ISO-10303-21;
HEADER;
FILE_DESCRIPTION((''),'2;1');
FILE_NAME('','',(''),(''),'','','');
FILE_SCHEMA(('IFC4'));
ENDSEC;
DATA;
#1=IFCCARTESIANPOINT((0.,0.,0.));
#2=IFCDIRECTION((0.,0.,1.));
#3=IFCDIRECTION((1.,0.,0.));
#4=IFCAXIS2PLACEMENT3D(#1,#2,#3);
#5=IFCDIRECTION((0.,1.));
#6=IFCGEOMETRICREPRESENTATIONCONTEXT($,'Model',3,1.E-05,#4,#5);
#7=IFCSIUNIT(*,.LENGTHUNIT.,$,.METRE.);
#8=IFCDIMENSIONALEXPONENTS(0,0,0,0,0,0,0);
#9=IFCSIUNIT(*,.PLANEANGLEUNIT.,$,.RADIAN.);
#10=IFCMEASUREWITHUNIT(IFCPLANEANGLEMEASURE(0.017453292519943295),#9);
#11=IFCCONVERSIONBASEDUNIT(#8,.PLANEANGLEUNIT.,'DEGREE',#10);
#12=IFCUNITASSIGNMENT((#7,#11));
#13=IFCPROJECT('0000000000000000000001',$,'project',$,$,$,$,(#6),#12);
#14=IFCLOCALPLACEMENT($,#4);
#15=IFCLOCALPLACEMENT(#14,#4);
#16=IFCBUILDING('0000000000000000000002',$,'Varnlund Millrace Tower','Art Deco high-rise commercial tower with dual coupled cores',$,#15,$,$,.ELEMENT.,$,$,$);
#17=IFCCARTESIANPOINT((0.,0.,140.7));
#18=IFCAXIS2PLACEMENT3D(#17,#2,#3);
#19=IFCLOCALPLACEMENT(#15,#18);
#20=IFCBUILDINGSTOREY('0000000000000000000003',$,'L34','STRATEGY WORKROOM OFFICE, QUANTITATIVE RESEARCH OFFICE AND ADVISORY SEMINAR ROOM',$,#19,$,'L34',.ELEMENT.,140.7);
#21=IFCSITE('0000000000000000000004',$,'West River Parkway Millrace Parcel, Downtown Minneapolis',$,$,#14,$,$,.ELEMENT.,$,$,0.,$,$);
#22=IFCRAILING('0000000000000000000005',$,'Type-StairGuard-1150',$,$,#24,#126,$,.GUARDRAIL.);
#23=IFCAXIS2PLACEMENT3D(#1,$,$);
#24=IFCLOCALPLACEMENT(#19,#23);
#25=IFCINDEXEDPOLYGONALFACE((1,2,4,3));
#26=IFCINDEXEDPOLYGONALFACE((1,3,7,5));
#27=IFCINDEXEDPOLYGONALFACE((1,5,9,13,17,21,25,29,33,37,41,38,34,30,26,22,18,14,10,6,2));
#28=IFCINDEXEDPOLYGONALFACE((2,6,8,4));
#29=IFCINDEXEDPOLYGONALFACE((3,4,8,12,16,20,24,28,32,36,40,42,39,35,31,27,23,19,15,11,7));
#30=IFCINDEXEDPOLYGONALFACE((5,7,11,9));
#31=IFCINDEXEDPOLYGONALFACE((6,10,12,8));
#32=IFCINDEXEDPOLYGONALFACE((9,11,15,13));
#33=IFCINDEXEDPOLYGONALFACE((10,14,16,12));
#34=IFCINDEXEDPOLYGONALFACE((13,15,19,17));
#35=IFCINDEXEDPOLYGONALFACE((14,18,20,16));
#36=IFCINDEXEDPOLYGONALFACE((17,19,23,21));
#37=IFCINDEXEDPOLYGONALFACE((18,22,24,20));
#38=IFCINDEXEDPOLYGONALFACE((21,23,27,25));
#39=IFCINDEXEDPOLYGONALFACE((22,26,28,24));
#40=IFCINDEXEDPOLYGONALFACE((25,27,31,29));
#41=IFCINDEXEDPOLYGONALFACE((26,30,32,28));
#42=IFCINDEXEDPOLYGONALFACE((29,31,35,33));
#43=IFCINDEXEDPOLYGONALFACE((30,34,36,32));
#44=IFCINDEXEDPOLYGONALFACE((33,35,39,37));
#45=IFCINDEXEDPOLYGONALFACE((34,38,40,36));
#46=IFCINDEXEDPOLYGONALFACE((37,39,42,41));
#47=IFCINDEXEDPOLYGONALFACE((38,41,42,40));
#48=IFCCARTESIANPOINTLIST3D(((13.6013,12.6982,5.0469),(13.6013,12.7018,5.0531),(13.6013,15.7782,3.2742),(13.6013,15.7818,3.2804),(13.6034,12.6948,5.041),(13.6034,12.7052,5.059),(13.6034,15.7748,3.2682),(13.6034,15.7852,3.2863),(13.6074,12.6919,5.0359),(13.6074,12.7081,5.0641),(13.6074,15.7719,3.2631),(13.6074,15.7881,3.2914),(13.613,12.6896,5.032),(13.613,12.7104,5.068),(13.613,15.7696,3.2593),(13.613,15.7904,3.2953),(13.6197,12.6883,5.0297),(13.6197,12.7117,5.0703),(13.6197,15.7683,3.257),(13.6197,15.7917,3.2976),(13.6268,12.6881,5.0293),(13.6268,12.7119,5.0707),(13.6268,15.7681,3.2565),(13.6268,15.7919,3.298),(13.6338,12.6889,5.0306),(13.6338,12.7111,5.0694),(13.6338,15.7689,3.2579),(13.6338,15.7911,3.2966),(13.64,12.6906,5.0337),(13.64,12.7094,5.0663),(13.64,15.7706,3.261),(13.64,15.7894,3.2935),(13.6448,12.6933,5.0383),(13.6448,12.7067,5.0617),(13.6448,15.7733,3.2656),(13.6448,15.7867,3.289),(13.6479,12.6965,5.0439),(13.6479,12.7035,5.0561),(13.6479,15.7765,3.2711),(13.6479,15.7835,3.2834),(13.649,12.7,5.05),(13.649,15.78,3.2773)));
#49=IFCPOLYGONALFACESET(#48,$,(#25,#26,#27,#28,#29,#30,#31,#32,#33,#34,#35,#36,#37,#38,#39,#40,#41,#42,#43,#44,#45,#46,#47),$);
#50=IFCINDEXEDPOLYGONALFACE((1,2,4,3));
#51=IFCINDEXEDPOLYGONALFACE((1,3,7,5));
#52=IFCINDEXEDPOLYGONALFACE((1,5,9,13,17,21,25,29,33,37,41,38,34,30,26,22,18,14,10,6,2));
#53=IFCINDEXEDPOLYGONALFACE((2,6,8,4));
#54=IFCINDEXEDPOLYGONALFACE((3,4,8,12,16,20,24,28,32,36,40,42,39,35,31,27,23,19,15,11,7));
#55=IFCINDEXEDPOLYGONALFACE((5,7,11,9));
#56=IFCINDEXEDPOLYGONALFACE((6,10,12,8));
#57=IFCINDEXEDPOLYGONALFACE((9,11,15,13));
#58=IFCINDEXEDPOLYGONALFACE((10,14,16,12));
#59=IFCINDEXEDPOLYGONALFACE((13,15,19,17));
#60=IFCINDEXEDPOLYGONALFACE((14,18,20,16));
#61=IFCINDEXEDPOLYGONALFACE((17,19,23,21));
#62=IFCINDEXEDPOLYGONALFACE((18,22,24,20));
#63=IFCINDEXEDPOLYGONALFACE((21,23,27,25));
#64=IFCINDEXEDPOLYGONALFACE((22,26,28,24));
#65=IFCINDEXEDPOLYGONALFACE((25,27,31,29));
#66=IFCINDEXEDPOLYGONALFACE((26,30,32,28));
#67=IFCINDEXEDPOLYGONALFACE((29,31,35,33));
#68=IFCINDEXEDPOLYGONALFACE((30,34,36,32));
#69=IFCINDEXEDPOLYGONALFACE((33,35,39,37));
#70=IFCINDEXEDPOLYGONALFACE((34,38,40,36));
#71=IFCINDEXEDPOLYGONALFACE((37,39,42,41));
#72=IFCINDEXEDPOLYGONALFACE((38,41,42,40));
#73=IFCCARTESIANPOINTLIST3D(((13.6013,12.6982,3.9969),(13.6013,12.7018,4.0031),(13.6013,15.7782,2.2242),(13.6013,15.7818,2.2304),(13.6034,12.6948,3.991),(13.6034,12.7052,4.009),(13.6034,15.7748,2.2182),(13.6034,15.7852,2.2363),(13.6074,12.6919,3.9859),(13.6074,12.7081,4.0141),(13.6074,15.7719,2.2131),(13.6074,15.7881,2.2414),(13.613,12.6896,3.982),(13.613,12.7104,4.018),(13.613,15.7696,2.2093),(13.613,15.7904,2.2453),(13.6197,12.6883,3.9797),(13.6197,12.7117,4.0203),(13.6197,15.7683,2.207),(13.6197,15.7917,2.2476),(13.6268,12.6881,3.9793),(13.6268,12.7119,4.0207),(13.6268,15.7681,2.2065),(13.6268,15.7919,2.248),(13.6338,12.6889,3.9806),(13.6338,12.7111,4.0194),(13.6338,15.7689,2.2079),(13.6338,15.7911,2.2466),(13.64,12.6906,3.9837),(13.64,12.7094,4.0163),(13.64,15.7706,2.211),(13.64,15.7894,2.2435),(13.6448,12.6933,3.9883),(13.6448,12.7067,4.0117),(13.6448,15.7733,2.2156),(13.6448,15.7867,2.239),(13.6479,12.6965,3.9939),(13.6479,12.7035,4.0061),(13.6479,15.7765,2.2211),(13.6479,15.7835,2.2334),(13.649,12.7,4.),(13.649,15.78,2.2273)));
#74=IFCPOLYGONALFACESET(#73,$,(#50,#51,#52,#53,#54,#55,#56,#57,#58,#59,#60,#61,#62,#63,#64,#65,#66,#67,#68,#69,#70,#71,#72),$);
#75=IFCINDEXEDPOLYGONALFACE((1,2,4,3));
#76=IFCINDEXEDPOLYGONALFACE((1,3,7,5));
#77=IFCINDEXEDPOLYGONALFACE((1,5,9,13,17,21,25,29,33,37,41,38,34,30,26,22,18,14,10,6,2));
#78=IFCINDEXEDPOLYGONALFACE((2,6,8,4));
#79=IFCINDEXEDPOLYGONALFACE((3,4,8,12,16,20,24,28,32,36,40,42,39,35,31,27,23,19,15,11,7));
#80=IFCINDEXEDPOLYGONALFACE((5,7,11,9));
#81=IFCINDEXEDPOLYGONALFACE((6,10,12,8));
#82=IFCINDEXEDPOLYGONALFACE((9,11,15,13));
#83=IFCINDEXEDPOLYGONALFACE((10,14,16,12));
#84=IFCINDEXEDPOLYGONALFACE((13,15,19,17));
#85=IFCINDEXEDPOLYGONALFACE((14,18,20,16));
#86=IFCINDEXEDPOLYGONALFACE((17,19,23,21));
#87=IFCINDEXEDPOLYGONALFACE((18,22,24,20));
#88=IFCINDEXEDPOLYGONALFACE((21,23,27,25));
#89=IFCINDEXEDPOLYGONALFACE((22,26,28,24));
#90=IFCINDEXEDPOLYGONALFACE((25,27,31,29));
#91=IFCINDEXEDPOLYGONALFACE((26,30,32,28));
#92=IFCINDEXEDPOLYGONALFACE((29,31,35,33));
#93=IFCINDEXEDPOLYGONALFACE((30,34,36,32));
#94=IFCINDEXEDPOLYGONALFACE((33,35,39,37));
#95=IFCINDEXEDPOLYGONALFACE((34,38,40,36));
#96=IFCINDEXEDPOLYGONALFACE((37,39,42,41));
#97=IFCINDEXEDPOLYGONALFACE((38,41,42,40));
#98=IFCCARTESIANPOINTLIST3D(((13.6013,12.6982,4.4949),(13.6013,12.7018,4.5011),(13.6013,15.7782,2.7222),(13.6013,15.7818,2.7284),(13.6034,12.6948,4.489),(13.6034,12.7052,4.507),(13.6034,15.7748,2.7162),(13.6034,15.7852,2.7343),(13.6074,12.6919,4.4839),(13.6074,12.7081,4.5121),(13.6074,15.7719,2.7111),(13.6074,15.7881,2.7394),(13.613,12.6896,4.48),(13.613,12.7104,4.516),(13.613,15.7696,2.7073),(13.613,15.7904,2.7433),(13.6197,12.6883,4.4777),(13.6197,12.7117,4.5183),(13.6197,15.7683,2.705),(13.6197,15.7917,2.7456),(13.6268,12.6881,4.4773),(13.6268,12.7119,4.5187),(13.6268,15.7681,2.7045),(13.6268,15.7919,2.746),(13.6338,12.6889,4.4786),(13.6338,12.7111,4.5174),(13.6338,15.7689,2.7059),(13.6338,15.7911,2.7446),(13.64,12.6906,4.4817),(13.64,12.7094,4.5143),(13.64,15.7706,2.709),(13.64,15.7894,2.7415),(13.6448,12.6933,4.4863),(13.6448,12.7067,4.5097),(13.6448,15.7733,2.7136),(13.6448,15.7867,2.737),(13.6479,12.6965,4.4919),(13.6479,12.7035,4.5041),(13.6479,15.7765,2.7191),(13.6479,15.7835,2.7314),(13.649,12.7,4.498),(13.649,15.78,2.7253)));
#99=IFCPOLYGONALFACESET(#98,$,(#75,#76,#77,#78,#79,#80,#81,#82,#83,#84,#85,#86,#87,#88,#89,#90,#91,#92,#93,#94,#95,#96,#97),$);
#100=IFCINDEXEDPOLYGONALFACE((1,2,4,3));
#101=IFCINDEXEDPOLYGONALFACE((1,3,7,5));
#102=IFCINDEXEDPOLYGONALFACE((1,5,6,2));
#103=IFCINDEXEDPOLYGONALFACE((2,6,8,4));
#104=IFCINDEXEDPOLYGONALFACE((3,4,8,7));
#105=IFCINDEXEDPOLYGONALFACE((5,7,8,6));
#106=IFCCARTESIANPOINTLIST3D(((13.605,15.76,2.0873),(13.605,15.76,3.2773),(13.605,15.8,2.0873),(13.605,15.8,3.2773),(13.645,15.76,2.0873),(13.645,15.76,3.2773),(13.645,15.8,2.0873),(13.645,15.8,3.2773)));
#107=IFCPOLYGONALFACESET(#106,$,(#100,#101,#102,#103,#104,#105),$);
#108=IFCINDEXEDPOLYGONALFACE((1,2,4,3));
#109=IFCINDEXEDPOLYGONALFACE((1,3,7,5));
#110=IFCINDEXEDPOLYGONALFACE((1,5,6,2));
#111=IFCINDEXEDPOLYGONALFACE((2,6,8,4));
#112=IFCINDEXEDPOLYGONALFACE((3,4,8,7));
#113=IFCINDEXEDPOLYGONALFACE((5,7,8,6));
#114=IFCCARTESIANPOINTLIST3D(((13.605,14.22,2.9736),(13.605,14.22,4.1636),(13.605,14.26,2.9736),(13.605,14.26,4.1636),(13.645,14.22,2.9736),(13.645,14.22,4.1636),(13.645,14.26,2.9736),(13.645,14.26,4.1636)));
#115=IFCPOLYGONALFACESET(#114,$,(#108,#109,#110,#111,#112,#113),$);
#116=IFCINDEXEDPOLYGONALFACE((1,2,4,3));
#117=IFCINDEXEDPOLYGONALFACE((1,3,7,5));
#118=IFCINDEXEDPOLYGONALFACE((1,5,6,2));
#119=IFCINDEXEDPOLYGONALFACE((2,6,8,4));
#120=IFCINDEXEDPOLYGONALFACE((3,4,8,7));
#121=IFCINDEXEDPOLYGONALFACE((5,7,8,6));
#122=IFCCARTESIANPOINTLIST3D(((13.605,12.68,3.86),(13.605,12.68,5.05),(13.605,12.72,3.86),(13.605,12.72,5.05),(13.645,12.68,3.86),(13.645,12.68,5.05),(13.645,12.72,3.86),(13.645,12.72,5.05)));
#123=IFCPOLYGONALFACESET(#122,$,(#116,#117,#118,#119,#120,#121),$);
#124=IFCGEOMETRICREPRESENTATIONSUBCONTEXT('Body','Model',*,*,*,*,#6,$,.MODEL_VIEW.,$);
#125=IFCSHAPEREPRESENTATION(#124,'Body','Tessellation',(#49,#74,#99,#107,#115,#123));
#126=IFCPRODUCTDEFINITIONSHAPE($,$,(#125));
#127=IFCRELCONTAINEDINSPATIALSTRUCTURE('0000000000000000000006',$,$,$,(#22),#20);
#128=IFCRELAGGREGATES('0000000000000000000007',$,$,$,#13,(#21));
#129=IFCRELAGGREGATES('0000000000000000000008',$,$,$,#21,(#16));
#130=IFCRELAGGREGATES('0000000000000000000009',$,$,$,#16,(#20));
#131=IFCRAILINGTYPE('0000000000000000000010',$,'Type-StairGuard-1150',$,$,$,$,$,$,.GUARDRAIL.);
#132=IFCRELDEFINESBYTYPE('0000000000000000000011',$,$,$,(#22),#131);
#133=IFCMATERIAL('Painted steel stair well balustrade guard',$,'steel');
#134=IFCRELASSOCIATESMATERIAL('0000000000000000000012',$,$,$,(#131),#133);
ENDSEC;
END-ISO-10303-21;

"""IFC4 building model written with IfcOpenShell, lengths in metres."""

from ifc_helpers import new_model, entity, si_unit, converted_unit, direction, frame, origin_with_axes, origin_2d_with_axis, place, context, subcontext, project, spatial, rectangle, circle, extrude, material, type_object, element, save


model = new_model("IFC4")

# Units and contexts
model_context = context("Model", 3, precision=1e-05, world=origin_with_axes(), true_north=direction((0.0, 1.0)))
body_context = subcontext(model_context, "Body", "Model", "MODEL_VIEW")
ifc_project = project(units=[si_unit("LENGTHUNIT", "METRE"), converted_unit("PLANEANGLEUNIT", "DEGREE", entity("IfcPlaneAngleMeasure", 0.017453292519943295), si_unit("PLANEANGLEUNIT", "RADIAN"), dimensions=[0, 0, 0, 0, 0, 0, 0])], contexts=[model_context])

# Site, building, storey
site_placement = place(None, origin_with_axes())
site = spatial("IfcSite", under=ifc_project, at=site_placement, Name="West River Parkway Millrace Parcel, Downtown Minneapolis", CompositionType="ELEMENT", RefElevation=0.0)
building_placement = place(site_placement, origin_with_axes())
building = spatial("IfcBuilding", under=site, at=building_placement, Name="Varnlund Millrace Tower", Description="Art Deco high-rise commercial tower with dual coupled cores", CompositionType="ELEMENT")
storey_placement = place(building_placement, frame((0.0, 0.0, 140.7), z_axis=(0.0, 0.0, 1.0), x_axis=(1.0, 0.0, 0.0)))
storey = spatial("IfcBuildingStorey", under=building, at=storey_placement, Name="L34", Description="STRATEGY WORKROOM OFFICE, QUANTITATIVE RESEARCH OFFICE AND ADVISORY SEMINAR ROOM", LongName="L34", CompositionType="ELEMENT", Elevation=140.7)

# Railing
ifc_material_1 = material(Name="Painted steel stair well balustrade guard", Category="steel")
railing_type_1 = type_object("IfcRailingType", Name="Type-StairGuard-1150", PredefinedType="GUARDRAIL", material=ifc_material_1)
railing_1_placement = place(storey_placement, frame((0.0, 0.0, -140.7), z_axis=(0.0, 0.0, 1.0), x_axis=(1.0, 0.0, 0.0)))
element("IfcRailing", 1, at=railing_1_placement, inside=storey, type_object=railing_type_1, Name="Type-StairGuard-1150", PredefinedType="GUARDRAIL", context=body_context, shape_type="SweptSolid", body=[
    extrude(circle(Radius=0.024, at=origin_2d_with_axis()), frame((13.625, 15.78, 143.9773), z_axis=(0.0, -0.866696, 0.498836), x_axis=(1.0, 0.0, 0.0)), (0.0, 0.0, 1.0), 3.5537),
    extrude(circle(Radius=0.024, at=origin_2d_with_axis()), frame((13.625, 15.78, 142.9273), z_axis=(0.0, -0.866696, 0.498836), x_axis=(1.0, 0.0, 0.0)), (0.0, 0.0, 1.0), 3.5537),
    extrude(circle(Radius=0.024, at=origin_2d_with_axis()), frame((13.625, 15.78, 143.4253), z_axis=(0.0, -0.866696, 0.498836), x_axis=(1.0, 0.0, 0.0)), (0.0, 0.0, 1.0), 3.5537),
    extrude(rectangle(XDim=0.04, YDim=0.04, at=origin_2d_with_axis()), frame((13.625, 15.78, 142.7873), z_axis=(0.0, 0.0, 1.0), x_axis=(1.0, 0.0, 0.0)), (0.0, 0.0, 1.0), 1.19),
    extrude(rectangle(XDim=0.04, YDim=0.04, at=origin_2d_with_axis()), frame((13.625, 14.24, 143.6736), z_axis=(0.0, 0.0, 1.0), x_axis=(1.0, 0.0, 0.0)), (0.0, 0.0, 1.0), 1.19),
    extrude(rectangle(XDim=0.04, YDim=0.04, at=origin_2d_with_axis()), frame((13.625, 12.7, 144.56), z_axis=(0.0, 0.0, 1.0), x_axis=(1.0, 0.0, 0.0)), (0.0, 0.0, 1.0), 1.19),
])

save(model, "model.ifc")
